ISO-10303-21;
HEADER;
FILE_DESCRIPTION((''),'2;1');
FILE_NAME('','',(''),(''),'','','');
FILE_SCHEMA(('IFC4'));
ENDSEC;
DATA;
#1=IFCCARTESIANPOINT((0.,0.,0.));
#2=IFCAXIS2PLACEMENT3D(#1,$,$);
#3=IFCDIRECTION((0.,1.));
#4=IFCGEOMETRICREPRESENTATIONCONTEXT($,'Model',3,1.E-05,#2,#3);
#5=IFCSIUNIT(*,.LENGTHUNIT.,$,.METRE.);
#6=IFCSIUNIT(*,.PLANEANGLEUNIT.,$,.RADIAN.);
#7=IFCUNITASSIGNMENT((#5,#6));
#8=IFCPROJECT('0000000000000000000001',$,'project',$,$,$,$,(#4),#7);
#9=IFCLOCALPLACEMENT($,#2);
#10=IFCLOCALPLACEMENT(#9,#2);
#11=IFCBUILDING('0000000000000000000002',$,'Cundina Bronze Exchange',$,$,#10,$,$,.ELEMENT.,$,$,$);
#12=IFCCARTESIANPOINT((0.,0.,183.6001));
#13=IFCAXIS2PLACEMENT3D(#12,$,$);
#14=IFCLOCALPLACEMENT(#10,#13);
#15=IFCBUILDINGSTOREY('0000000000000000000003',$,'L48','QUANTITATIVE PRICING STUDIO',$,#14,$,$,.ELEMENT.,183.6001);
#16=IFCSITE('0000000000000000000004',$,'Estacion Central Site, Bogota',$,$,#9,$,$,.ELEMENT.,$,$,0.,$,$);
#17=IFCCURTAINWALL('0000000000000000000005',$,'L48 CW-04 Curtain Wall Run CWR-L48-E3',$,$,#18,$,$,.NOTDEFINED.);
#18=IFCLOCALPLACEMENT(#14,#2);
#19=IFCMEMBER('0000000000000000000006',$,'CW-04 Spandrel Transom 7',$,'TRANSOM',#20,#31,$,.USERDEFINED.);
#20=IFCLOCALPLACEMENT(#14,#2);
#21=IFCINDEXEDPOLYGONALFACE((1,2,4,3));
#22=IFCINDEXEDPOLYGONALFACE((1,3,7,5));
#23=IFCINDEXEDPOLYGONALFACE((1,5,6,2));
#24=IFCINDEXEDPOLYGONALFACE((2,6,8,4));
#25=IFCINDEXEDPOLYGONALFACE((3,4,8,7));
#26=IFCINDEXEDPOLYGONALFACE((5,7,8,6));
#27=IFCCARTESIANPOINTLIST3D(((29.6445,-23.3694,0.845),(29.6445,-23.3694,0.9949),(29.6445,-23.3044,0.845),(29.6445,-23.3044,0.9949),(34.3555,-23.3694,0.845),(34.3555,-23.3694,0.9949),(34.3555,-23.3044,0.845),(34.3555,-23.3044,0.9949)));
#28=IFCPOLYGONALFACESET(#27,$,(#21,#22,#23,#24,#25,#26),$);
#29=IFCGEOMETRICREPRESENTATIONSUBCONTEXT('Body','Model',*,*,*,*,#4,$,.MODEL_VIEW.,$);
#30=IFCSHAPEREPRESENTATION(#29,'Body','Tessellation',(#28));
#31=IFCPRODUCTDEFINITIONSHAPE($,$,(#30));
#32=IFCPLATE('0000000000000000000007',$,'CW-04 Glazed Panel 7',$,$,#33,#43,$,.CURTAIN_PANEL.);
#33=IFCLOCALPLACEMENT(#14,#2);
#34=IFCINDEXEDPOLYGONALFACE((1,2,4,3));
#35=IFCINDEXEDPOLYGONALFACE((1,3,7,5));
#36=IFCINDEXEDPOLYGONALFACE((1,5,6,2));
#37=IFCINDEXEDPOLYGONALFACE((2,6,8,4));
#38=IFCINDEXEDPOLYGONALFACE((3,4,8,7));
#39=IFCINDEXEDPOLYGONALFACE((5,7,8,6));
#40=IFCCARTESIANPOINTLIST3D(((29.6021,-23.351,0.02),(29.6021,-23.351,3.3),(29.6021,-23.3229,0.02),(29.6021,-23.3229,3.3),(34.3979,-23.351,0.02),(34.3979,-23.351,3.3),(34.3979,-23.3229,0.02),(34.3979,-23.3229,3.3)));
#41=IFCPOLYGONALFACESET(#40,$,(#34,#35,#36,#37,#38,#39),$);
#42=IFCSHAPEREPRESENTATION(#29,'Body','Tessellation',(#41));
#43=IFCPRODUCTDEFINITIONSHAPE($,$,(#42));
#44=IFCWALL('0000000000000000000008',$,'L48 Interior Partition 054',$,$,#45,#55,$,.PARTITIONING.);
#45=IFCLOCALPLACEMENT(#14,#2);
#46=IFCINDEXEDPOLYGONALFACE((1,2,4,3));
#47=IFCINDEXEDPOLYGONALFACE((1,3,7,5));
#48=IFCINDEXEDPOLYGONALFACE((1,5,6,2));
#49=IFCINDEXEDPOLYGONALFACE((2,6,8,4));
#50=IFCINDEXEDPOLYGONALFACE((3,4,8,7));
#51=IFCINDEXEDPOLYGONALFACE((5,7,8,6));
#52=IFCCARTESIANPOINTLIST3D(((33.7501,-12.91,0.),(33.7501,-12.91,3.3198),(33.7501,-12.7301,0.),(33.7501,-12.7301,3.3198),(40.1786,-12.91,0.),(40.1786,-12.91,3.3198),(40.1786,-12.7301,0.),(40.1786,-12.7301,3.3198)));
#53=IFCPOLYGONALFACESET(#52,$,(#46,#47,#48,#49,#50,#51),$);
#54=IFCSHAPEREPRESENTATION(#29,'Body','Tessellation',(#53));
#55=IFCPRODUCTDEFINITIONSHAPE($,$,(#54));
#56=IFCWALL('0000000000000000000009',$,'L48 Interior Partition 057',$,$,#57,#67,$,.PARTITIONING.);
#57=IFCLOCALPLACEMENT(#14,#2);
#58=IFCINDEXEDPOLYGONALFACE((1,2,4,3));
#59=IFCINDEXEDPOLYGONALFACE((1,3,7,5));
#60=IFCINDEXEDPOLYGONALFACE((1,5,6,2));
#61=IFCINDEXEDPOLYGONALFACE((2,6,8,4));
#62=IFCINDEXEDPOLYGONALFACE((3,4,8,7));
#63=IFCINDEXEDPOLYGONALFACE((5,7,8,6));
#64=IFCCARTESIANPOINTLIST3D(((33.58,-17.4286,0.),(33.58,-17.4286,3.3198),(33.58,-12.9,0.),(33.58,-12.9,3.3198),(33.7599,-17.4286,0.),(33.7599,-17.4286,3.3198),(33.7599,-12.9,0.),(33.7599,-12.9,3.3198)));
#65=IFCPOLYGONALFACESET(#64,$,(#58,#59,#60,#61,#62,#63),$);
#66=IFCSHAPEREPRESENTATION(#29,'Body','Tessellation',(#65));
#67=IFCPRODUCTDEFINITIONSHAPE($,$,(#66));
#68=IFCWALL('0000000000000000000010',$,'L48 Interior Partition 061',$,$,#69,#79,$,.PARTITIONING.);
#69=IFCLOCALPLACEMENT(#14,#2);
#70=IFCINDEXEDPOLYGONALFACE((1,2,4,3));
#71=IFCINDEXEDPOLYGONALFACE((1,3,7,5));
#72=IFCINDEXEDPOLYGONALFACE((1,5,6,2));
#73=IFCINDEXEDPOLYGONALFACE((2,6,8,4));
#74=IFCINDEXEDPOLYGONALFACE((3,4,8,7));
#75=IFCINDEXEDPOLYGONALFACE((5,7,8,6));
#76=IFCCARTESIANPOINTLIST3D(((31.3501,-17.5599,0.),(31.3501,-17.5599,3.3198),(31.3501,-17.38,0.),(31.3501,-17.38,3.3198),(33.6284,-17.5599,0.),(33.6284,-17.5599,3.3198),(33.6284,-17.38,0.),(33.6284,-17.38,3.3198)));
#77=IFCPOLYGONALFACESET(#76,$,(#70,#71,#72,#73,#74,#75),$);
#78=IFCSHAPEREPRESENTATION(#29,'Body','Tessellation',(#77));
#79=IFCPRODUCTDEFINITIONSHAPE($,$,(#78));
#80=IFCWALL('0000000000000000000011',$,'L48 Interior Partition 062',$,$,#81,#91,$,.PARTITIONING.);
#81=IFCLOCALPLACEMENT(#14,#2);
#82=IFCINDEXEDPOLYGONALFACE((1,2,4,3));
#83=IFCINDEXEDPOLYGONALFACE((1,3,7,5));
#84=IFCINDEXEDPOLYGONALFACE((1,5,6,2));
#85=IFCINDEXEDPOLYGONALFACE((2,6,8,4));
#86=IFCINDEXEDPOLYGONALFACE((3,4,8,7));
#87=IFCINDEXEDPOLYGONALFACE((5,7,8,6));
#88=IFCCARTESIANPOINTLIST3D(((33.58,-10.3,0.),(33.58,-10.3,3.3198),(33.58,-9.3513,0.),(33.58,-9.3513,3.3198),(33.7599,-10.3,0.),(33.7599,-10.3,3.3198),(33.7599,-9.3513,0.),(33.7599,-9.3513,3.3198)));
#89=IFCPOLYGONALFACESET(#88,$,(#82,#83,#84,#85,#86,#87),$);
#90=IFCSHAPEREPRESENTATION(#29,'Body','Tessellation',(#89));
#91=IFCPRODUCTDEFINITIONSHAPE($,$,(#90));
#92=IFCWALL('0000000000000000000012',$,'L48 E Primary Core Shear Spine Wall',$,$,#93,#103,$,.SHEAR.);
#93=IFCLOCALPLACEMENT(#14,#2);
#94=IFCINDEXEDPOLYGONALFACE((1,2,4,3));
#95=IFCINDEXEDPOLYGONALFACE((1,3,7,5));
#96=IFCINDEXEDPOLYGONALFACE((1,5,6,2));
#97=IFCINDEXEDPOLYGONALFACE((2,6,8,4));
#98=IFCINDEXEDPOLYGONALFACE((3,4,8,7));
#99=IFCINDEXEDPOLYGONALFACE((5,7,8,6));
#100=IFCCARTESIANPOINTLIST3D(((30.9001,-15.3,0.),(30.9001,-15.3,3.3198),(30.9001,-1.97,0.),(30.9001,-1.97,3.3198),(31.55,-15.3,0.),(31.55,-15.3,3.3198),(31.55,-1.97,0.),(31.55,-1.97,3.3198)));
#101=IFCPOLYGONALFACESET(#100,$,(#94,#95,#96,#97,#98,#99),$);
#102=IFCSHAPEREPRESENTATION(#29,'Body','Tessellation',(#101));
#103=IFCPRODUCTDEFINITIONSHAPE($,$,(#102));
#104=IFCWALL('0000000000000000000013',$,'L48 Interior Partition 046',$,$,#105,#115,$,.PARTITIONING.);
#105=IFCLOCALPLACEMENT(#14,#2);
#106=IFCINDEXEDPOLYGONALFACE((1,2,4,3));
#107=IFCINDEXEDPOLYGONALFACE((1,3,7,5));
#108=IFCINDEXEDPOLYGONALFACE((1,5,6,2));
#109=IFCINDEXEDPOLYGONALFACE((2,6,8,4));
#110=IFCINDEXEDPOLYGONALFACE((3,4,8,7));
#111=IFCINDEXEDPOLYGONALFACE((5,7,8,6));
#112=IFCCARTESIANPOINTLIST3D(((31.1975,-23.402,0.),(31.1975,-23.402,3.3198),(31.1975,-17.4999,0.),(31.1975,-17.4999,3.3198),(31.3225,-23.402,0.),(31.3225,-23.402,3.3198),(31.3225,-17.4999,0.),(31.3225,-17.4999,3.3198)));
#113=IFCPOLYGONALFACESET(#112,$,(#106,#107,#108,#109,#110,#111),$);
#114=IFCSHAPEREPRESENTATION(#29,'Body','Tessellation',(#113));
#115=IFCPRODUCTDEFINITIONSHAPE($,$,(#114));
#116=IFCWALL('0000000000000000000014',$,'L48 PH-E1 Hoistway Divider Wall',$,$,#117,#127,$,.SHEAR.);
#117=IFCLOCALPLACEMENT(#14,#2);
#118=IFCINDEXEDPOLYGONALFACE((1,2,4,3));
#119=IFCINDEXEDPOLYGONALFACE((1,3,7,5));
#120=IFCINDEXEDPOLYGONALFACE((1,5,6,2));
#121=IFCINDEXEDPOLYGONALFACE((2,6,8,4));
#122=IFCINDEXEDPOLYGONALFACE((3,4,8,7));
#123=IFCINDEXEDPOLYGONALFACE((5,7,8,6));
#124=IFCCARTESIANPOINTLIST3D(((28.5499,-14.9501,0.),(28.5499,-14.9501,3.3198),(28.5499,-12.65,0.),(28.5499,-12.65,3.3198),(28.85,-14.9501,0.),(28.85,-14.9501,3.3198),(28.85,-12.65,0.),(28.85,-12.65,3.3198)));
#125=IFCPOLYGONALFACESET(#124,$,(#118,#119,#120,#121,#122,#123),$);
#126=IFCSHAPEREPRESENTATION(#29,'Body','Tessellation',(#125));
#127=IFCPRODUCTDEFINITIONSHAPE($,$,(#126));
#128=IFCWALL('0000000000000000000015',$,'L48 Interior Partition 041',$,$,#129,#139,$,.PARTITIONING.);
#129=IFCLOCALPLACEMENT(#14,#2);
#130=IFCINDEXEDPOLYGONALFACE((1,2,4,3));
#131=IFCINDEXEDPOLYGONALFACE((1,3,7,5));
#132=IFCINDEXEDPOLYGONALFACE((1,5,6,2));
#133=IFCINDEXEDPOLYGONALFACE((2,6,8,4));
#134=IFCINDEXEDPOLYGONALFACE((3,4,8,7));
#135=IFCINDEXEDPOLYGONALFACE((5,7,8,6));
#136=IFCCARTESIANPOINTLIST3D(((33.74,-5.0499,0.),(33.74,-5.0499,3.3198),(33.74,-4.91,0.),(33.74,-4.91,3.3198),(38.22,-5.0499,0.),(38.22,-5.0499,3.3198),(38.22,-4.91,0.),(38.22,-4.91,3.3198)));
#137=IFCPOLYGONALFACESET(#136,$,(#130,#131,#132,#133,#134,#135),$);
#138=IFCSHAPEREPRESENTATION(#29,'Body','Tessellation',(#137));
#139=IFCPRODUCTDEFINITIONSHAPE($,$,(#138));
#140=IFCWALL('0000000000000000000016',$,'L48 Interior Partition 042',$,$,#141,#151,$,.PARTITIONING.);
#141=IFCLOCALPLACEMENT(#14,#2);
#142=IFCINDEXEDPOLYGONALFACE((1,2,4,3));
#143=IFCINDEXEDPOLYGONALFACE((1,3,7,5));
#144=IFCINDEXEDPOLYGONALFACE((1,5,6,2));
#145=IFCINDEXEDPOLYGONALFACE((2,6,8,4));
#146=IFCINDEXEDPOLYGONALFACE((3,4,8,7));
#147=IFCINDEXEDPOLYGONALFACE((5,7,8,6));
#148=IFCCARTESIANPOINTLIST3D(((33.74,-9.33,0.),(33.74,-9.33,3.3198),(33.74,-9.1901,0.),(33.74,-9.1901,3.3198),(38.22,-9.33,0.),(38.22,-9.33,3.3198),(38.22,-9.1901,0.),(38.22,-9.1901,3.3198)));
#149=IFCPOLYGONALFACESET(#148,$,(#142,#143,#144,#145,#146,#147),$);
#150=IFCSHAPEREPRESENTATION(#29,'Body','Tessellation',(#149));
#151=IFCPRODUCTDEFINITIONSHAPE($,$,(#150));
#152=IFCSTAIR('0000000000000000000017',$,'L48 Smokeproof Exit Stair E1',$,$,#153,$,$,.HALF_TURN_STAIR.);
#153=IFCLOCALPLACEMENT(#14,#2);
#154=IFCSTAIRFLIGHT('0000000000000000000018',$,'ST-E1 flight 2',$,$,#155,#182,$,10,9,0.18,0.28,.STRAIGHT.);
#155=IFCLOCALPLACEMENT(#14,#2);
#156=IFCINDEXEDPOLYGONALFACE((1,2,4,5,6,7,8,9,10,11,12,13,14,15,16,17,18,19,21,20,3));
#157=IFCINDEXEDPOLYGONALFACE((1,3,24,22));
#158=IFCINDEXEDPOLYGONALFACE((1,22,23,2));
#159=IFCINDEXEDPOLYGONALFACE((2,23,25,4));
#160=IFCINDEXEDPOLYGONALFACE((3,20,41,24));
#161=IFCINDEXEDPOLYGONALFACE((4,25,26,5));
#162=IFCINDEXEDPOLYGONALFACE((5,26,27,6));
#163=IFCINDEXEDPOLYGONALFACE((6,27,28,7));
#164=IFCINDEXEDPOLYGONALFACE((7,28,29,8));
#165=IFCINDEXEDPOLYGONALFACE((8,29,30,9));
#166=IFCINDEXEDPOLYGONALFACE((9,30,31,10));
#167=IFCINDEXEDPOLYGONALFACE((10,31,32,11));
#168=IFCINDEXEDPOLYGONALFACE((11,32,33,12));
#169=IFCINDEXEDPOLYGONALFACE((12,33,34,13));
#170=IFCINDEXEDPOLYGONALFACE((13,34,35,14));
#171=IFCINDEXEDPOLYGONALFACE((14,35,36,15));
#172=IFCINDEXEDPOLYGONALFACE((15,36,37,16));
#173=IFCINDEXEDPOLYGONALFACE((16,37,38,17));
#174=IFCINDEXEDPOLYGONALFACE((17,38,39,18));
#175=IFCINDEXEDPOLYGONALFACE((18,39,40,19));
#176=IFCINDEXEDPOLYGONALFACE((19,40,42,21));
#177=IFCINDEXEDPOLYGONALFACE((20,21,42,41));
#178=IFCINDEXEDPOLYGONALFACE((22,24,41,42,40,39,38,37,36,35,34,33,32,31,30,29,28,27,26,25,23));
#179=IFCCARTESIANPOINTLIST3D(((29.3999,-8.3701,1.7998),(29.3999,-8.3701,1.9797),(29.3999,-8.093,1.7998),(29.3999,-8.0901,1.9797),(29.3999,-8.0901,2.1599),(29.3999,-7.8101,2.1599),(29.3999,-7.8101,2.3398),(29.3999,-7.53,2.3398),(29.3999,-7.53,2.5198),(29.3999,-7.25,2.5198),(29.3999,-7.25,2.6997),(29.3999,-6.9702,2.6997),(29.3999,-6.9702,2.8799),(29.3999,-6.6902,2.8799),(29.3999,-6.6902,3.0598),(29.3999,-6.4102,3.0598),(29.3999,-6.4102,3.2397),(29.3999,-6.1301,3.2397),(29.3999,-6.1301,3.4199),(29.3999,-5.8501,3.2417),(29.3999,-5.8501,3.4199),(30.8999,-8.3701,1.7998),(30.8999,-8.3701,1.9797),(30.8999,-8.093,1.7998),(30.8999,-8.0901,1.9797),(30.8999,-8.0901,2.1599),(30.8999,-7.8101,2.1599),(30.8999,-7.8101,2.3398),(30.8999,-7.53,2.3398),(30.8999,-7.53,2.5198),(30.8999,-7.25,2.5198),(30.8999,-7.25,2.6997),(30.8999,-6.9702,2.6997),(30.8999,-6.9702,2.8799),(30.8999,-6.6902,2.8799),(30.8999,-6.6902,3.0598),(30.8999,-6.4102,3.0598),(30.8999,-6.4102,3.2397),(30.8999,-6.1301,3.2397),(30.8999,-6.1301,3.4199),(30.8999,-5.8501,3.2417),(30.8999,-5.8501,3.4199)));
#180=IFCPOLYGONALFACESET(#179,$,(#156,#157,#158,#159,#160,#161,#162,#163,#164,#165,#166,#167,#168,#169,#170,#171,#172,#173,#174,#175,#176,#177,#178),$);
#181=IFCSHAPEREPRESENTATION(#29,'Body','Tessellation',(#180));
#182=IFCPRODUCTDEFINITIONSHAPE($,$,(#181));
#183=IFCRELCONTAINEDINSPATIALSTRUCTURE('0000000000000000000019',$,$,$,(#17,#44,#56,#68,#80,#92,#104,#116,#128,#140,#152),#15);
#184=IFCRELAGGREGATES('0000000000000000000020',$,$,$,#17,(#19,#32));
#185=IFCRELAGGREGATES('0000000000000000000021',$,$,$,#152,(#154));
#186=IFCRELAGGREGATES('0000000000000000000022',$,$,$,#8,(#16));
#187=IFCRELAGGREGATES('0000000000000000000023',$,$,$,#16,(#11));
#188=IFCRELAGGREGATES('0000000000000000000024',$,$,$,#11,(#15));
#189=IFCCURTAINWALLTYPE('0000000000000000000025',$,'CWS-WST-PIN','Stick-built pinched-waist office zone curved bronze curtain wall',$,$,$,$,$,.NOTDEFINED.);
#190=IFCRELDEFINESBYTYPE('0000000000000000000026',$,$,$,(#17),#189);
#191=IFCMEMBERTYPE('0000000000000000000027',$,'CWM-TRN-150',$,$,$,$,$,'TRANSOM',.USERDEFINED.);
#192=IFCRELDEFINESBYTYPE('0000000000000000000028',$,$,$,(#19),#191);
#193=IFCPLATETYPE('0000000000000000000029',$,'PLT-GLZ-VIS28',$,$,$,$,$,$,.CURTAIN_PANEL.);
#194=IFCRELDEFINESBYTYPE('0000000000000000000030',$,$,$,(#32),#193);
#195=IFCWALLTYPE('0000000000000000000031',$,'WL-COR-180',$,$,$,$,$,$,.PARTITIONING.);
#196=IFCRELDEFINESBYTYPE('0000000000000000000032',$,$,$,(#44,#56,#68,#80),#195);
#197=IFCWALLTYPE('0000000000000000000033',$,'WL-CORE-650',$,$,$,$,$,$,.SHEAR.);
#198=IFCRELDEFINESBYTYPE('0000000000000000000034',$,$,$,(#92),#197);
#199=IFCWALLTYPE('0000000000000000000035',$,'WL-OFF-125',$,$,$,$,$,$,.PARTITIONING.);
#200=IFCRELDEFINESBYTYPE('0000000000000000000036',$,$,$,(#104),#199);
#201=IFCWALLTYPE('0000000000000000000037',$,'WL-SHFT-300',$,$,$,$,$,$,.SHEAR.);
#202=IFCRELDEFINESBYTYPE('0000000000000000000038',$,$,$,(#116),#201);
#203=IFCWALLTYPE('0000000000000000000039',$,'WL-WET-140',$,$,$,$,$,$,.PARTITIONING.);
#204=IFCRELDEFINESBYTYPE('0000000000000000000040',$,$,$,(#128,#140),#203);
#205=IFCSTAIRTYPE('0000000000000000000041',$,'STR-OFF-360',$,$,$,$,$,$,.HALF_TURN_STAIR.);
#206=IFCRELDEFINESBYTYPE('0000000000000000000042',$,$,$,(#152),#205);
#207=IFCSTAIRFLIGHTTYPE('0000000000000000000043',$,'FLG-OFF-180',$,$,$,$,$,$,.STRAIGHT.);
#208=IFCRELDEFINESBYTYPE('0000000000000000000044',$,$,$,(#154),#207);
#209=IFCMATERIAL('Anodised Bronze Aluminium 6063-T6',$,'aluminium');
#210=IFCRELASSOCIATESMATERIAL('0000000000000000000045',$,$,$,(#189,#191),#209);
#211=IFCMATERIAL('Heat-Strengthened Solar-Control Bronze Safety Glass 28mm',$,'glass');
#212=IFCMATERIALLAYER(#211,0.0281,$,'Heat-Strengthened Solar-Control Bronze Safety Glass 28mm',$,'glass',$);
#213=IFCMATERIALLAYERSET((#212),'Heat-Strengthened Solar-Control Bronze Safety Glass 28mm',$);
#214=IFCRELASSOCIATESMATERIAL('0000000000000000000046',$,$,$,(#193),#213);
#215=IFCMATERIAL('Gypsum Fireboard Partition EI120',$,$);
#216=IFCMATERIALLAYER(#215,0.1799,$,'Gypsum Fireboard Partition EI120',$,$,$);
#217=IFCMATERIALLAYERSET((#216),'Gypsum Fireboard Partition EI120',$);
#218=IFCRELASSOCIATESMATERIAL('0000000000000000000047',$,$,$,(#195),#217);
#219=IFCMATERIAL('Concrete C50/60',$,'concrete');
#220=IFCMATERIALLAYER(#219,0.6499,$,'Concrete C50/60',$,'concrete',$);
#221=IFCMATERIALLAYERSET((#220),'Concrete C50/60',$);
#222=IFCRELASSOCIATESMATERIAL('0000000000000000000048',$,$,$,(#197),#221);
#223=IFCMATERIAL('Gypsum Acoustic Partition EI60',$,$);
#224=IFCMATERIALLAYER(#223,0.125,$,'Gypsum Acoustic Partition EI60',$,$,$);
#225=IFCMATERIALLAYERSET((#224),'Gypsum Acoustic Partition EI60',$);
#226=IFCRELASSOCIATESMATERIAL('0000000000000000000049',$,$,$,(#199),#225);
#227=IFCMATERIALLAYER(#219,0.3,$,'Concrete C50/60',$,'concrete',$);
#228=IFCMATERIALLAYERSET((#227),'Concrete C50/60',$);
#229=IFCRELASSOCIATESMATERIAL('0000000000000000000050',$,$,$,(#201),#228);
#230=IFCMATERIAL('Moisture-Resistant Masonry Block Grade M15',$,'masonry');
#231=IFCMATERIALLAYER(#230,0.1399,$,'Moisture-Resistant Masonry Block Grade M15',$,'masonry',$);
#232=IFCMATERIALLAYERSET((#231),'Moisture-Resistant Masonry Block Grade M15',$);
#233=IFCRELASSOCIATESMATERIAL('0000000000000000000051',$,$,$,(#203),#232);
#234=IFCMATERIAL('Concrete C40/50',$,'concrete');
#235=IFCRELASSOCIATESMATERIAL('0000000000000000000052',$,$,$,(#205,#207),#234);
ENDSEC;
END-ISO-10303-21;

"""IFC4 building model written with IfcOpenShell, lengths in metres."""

from ifc_helpers import new_model, si_unit, direction, frame, frame_2d, origin, origin_2d, place, context, subcontext, project, spatial, polyline, rectangle, outline, extrude, material, layer, layer_set, material_profile, profile_set, type_object, element, aggregate, save


model = new_model("IFC4")

# Units and contexts
model_context = context("Model", 3, precision=1e-05, world=origin(), true_north=direction((0.0, 1.0)))
body_context = subcontext(model_context, "Body", "Model", "MODEL_VIEW")
ifc_project = project(units=[si_unit("LENGTHUNIT", "METRE"), si_unit("PLANEANGLEUNIT", "RADIAN")], contexts=[model_context])

# Site, building, storey
site_placement = place(None, origin())
site = spatial("IfcSite", under=ifc_project, at=site_placement, Name="Estacion Central Site, Bogota", CompositionType="ELEMENT", RefElevation=0.0)
building_placement = place(site_placement, origin())
building = spatial("IfcBuilding", under=site, at=building_placement, Name="Cundina Bronze Exchange", CompositionType="ELEMENT")
storey_placement = place(building_placement, frame((0.0, 0.0, 183.6001)))
storey = spatial("IfcBuildingStorey", under=building, at=storey_placement, Name="L48", Description="QUANTITATIVE PRICING STUDIO", CompositionType="ELEMENT", Elevation=183.6001)

# Shared definitions
ifc_material_1 = material(Name="Concrete C50/60", Category="concrete")

# Curtain wall
ifc_material_2 = material(Name="Anodised Bronze Aluminium 6063-T6", Category="aluminium")
curtain_wall_type = type_object("IfcCurtainWallType", Name="CWS-WST-PIN", Description="Stick-built pinched-waist office zone curved bronze curtain wall", PredefinedType="NOTDEFINED", material=ifc_material_2)
curtain_wall_1_placement = place(storey_placement, origin())
curtain_wall_1 = element("IfcCurtainWall", 1, at=curtain_wall_1_placement, inside=storey, type_object=curtain_wall_type, Name="L48 CW-04 Curtain Wall Run CWR-L48-E3", PredefinedType="NOTDEFINED")

# Member
ifc_material_profile_1 = material_profile(ifc_material_2, rectangle(XDim=0.0649, YDim=0.1499, at=origin_2d()), Name="AL65X150", Category="aluminium")
ifc_profile_set_1 = profile_set([ifc_material_profile_1], Name="Anodised Bronze Aluminium 6063-T6")
member_type_1 = type_object("IfcMemberType", Name="CWM-TRN-150", ElementType="TRANSOM", PredefinedType="USERDEFINED", material=ifc_profile_set_1)
member_1_placement = place(storey_placement, frame((29.6445, -23.3369, 0.9199), z_axis=(1.0, 0.0, 0.0), x_axis=(0.0, 1.0, 0.0)))
member_1 = element("IfcMember", 2, at=member_1_placement, type_object=member_type_1, Name="CW-04 Spandrel Transom 7", ObjectType="TRANSOM", PredefinedType="USERDEFINED", context=body_context, shape_type="SweptSolid", body=[
    extrude(rectangle(XDim=0.0649, YDim=0.1499, at=origin_2d()), origin(), (0.0, 0.0, 1.0), 4.7109),
])

# Plate
ifc_material_3 = material(Name="Heat-Strengthened Solar-Control Bronze Safety Glass 28mm", Category="glass")
ifc_layer_1 = layer(ifc_material_3, 0.0281, Name="Heat-Strengthened Solar-Control Bronze Safety Glass 28mm", Category="glass")
ifc_layer_set_1 = layer_set([ifc_layer_1], Name="Heat-Strengthened Solar-Control Bronze Safety Glass 28mm")
plate_type = type_object("IfcPlateType", Name="PLT-GLZ-VIS28", PredefinedType="CURTAIN_PANEL", material=ifc_layer_set_1)
plate_placement = place(storey_placement, frame((32.0, -23.3369, 0.02), z_axis=(0.0, 0.0, 1.0), x_axis=(1.0, 0.0, 0.0)))
plate = element("IfcPlate", 3, at=plate_placement, type_object=plate_type, Name="CW-04 Glazed Panel 7", PredefinedType="CURTAIN_PANEL", context=body_context, shape_type="SweptSolid", body=[
    extrude(rectangle(XDim=4.7959, YDim=0.0281, at=origin_2d()), origin(), (0.0, 0.0, 1.0), 3.28),
])
aggregate(curtain_wall_1, [member_1, plate])

# Shared definitions
ifc_material_4 = material(Name="Gypsum Fireboard Partition EI120")
ifc_layer_2 = layer(ifc_material_4, 0.1799, Name="Gypsum Fireboard Partition EI120")
ifc_layer_set_2 = layer_set([ifc_layer_2], Name="Gypsum Fireboard Partition EI120")
wall_type_1 = type_object("IfcWallType", Name="WL-COR-180", PredefinedType="PARTITIONING", material=ifc_layer_set_2)

# Walls
wall_1_placement = place(storey_placement, frame((33.75, -12.8201, 0.0), z_axis=(0.0, 0.0, 1.0), x_axis=(1.0, 0.0, 0.0)))
element("IfcWall", 4, at=wall_1_placement, inside=storey, type_object=wall_type_1, Name="L48 Interior Partition 054", PredefinedType="PARTITIONING", context=body_context, shape_type="SweptSolid", body=[
    extrude(rectangle(XDim=6.4285, YDim=0.1799, at=frame_2d((3.2144, 0.0))), origin(), (0.0, 0.0, 1.0), 3.3198),
])
wall_2_placement = place(storey_placement, frame((33.6699, -17.4285, 0.0), z_axis=(0.0, 0.0, 1.0), x_axis=(0.0, 1.0, 0.0)))
element("IfcWall", 5, at=wall_2_placement, inside=storey, type_object=wall_type_1, Name="L48 Interior Partition 057", PredefinedType="PARTITIONING", context=body_context, shape_type="SweptSolid", body=[
    extrude(rectangle(XDim=4.5286, YDim=0.1799, at=frame_2d((2.2642, 0.0))), origin(), (0.0, 0.0, 1.0), 3.3198),
])
wall_3_placement = place(storey_placement, frame((31.3501, -17.47, 0.0), z_axis=(0.0, 0.0, 1.0), x_axis=(1.0, 0.0, 0.0)))
element("IfcWall", 6, at=wall_3_placement, inside=storey, type_object=wall_type_1, Name="L48 Interior Partition 061", PredefinedType="PARTITIONING", context=body_context, shape_type="SweptSolid", body=[
    extrude(rectangle(XDim=2.2783, YDim=0.1799, at=frame_2d((1.1392, 0.0))), origin(), (0.0, 0.0, 1.0), 3.3198),
])
wall_4_placement = place(storey_placement, frame((33.6699, -10.3, 0.0), z_axis=(0.0, 0.0, 1.0), x_axis=(0.0, 1.0, 0.0)))
element("IfcWall", 7, at=wall_4_placement, inside=storey, type_object=wall_type_1, Name="L48 Interior Partition 062", PredefinedType="PARTITIONING", context=body_context, shape_type="SweptSolid", body=[
    extrude(rectangle(XDim=0.9487, YDim=0.1799, at=frame_2d((0.4744, 0.0))), origin(), (0.0, 0.0, 1.0), 3.3198),
])
ifc_layer_3 = layer(ifc_material_1, 0.6499, Name="Concrete C50/60", Category="concrete")
ifc_layer_set_3 = layer_set([ifc_layer_3], Name="Concrete C50/60")
wall_type_2 = type_object("IfcWallType", Name="WL-CORE-650", PredefinedType="SHEAR", material=ifc_layer_set_3)
wall_5_placement = place(storey_placement, frame((31.2251, -15.3, 0.0), z_axis=(0.0, 0.0, 1.0), x_axis=(0.0, 1.0, 0.0)))
element("IfcWall", 8, at=wall_5_placement, inside=storey, type_object=wall_type_2, Name="L48 E Primary Core Shear Spine Wall", PredefinedType="SHEAR", context=body_context, shape_type="SweptSolid", body=[
    extrude(rectangle(XDim=13.3301, YDim=0.6499, at=frame_2d((6.665, 0.0))), origin(), (0.0, 0.0, 1.0), 3.3198),
])
ifc_material_5 = material(Name="Gypsum Acoustic Partition EI60")
ifc_layer_4 = layer(ifc_material_5, 0.125, Name="Gypsum Acoustic Partition EI60")
ifc_layer_set_4 = layer_set([ifc_layer_4], Name="Gypsum Acoustic Partition EI60")
wall_type_3 = type_object("IfcWallType", Name="WL-OFF-125", PredefinedType="PARTITIONING", material=ifc_layer_set_4)
wall_6_placement = place(storey_placement, frame((31.26, -23.4021, 0.0), z_axis=(0.0, 0.0, 1.0), x_axis=(0.0, 1.0, 0.0)))
element("IfcWall", 9, at=wall_6_placement, inside=storey, type_object=wall_type_3, Name="L48 Interior Partition 046", PredefinedType="PARTITIONING", context=body_context, shape_type="SweptSolid", body=[
    extrude(rectangle(XDim=5.9021, YDim=0.125, at=frame_2d((2.9512, 0.0))), origin(), (0.0, 0.0, 1.0), 3.3198),
])
ifc_layer_5 = layer(ifc_material_1, 0.3, Name="Concrete C50/60", Category="concrete")
ifc_layer_set_5 = layer_set([ifc_layer_5], Name="Concrete C50/60")
wall_type_4 = type_object("IfcWallType", Name="WL-SHFT-300", PredefinedType="SHEAR", material=ifc_layer_set_5)
wall_7_placement = place(storey_placement, frame((28.7, -14.95, 0.0), z_axis=(0.0, 0.0, 1.0), x_axis=(0.0, 1.0, 0.0)))
element("IfcWall", 10, at=wall_7_placement, inside=storey, type_object=wall_type_4, Name="L48 PH-E1 Hoistway Divider Wall", PredefinedType="SHEAR", context=body_context, shape_type="SweptSolid", body=[
    extrude(rectangle(XDim=2.3, YDim=0.3, at=frame_2d((1.1499, 0.0))), origin(), (0.0, 0.0, 1.0), 3.3198),
])
ifc_material_6 = material(Name="Moisture-Resistant Masonry Block Grade M15", Category="masonry")
ifc_layer_6 = layer(ifc_material_6, 0.1399, Name="Moisture-Resistant Masonry Block Grade M15", Category="masonry")
ifc_layer_set_6 = layer_set([ifc_layer_6], Name="Moisture-Resistant Masonry Block Grade M15")
wall_type_5 = type_object("IfcWallType", Name="WL-WET-140", PredefinedType="PARTITIONING", material=ifc_layer_set_6)
for number, where, z_axis, x_axis, name in (
    (11, (33.74, -4.98, 0.0), (0.0, 0.0, 1.0), (1.0, 0.0, 0.0), "L48 Interior Partition 041"),
    (12, (33.74, -9.26, 0.0), (0.0, 0.0, 1.0), (1.0, 0.0, 0.0), "L48 Interior Partition 042"),
):
    element("IfcWall", number, at=place(storey_placement, frame(where, z_axis=z_axis, x_axis=x_axis)), inside=storey, type_object=wall_type_5, Name=name, PredefinedType="PARTITIONING", context=body_context, shape_type="SweptSolid", body=[
        extrude(rectangle(XDim=4.48, YDim=0.1399, at=frame_2d((2.24, 0.0))), origin(), (0.0, 0.0, 1.0), 3.3198),
    ])

# Stair, stair flight
ifc_material_7 = material(Name="Concrete C40/50", Category="concrete")
stair_type = type_object("IfcStairType", Name="STR-OFF-360", PredefinedType="HALF_TURN_STAIR", material=ifc_material_7)
stair_placement = place(storey_placement, origin())
stair = element("IfcStair", 13, at=stair_placement, inside=storey, type_object=stair_type, Name="L48 Smokeproof Exit Stair E1", PredefinedType="HALF_TURN_STAIR")
stair_flight_type = type_object("IfcStairFlightType", Name="FLG-OFF-180", PredefinedType="STRAIGHT", material=ifc_material_7)
stair_flight_placement = place(storey_placement, frame((30.1499, -8.3701, 1.7998), z_axis=(0.0, 0.0, 1.0), x_axis=(0.0, 1.0, 0.0)))
stair_flight = element("IfcStairFlight", 14, at=stair_flight_placement, type_object=stair_flight_type, Name="ST-E1 flight 2", NumberOfRisers=10, NumberOfTreads=9, PredefinedType="STRAIGHT", RiserHeight=0.18, TreadLength=0.28, context=body_context, shape_type="SweptSolid", body=[
    extrude(outline(polyline([(0.0, 0.0), (0.0, 0.1799), (0.28, 0.1799), (0.28, 0.3601), (0.5601, 0.3601), (0.5601, 0.54), (0.8401, 0.54), (0.8401, 0.72), (1.1201, 0.72), (1.1201, 0.8999), (1.3999, 0.8999), (1.3999, 1.0801), (1.6799, 1.0801), (1.6799, 1.26), (1.96, 1.26), (1.96, 1.4399), (2.24, 1.4399), (2.24, 1.6201), (2.52, 1.6201), (2.52, 1.8), (2.52, 1.4419), (0.2771, 0.0), (0.0, 0.0)])), frame((0.0, 0.75, 0.0), z_axis=(0.0, -1.0, 0.0), x_axis=(1.0, 0.0, 0.0)), (0.0, 0.0, 1.0), 1.5),
])
aggregate(stair, [stair_flight])

save(model, "model.ifc")
